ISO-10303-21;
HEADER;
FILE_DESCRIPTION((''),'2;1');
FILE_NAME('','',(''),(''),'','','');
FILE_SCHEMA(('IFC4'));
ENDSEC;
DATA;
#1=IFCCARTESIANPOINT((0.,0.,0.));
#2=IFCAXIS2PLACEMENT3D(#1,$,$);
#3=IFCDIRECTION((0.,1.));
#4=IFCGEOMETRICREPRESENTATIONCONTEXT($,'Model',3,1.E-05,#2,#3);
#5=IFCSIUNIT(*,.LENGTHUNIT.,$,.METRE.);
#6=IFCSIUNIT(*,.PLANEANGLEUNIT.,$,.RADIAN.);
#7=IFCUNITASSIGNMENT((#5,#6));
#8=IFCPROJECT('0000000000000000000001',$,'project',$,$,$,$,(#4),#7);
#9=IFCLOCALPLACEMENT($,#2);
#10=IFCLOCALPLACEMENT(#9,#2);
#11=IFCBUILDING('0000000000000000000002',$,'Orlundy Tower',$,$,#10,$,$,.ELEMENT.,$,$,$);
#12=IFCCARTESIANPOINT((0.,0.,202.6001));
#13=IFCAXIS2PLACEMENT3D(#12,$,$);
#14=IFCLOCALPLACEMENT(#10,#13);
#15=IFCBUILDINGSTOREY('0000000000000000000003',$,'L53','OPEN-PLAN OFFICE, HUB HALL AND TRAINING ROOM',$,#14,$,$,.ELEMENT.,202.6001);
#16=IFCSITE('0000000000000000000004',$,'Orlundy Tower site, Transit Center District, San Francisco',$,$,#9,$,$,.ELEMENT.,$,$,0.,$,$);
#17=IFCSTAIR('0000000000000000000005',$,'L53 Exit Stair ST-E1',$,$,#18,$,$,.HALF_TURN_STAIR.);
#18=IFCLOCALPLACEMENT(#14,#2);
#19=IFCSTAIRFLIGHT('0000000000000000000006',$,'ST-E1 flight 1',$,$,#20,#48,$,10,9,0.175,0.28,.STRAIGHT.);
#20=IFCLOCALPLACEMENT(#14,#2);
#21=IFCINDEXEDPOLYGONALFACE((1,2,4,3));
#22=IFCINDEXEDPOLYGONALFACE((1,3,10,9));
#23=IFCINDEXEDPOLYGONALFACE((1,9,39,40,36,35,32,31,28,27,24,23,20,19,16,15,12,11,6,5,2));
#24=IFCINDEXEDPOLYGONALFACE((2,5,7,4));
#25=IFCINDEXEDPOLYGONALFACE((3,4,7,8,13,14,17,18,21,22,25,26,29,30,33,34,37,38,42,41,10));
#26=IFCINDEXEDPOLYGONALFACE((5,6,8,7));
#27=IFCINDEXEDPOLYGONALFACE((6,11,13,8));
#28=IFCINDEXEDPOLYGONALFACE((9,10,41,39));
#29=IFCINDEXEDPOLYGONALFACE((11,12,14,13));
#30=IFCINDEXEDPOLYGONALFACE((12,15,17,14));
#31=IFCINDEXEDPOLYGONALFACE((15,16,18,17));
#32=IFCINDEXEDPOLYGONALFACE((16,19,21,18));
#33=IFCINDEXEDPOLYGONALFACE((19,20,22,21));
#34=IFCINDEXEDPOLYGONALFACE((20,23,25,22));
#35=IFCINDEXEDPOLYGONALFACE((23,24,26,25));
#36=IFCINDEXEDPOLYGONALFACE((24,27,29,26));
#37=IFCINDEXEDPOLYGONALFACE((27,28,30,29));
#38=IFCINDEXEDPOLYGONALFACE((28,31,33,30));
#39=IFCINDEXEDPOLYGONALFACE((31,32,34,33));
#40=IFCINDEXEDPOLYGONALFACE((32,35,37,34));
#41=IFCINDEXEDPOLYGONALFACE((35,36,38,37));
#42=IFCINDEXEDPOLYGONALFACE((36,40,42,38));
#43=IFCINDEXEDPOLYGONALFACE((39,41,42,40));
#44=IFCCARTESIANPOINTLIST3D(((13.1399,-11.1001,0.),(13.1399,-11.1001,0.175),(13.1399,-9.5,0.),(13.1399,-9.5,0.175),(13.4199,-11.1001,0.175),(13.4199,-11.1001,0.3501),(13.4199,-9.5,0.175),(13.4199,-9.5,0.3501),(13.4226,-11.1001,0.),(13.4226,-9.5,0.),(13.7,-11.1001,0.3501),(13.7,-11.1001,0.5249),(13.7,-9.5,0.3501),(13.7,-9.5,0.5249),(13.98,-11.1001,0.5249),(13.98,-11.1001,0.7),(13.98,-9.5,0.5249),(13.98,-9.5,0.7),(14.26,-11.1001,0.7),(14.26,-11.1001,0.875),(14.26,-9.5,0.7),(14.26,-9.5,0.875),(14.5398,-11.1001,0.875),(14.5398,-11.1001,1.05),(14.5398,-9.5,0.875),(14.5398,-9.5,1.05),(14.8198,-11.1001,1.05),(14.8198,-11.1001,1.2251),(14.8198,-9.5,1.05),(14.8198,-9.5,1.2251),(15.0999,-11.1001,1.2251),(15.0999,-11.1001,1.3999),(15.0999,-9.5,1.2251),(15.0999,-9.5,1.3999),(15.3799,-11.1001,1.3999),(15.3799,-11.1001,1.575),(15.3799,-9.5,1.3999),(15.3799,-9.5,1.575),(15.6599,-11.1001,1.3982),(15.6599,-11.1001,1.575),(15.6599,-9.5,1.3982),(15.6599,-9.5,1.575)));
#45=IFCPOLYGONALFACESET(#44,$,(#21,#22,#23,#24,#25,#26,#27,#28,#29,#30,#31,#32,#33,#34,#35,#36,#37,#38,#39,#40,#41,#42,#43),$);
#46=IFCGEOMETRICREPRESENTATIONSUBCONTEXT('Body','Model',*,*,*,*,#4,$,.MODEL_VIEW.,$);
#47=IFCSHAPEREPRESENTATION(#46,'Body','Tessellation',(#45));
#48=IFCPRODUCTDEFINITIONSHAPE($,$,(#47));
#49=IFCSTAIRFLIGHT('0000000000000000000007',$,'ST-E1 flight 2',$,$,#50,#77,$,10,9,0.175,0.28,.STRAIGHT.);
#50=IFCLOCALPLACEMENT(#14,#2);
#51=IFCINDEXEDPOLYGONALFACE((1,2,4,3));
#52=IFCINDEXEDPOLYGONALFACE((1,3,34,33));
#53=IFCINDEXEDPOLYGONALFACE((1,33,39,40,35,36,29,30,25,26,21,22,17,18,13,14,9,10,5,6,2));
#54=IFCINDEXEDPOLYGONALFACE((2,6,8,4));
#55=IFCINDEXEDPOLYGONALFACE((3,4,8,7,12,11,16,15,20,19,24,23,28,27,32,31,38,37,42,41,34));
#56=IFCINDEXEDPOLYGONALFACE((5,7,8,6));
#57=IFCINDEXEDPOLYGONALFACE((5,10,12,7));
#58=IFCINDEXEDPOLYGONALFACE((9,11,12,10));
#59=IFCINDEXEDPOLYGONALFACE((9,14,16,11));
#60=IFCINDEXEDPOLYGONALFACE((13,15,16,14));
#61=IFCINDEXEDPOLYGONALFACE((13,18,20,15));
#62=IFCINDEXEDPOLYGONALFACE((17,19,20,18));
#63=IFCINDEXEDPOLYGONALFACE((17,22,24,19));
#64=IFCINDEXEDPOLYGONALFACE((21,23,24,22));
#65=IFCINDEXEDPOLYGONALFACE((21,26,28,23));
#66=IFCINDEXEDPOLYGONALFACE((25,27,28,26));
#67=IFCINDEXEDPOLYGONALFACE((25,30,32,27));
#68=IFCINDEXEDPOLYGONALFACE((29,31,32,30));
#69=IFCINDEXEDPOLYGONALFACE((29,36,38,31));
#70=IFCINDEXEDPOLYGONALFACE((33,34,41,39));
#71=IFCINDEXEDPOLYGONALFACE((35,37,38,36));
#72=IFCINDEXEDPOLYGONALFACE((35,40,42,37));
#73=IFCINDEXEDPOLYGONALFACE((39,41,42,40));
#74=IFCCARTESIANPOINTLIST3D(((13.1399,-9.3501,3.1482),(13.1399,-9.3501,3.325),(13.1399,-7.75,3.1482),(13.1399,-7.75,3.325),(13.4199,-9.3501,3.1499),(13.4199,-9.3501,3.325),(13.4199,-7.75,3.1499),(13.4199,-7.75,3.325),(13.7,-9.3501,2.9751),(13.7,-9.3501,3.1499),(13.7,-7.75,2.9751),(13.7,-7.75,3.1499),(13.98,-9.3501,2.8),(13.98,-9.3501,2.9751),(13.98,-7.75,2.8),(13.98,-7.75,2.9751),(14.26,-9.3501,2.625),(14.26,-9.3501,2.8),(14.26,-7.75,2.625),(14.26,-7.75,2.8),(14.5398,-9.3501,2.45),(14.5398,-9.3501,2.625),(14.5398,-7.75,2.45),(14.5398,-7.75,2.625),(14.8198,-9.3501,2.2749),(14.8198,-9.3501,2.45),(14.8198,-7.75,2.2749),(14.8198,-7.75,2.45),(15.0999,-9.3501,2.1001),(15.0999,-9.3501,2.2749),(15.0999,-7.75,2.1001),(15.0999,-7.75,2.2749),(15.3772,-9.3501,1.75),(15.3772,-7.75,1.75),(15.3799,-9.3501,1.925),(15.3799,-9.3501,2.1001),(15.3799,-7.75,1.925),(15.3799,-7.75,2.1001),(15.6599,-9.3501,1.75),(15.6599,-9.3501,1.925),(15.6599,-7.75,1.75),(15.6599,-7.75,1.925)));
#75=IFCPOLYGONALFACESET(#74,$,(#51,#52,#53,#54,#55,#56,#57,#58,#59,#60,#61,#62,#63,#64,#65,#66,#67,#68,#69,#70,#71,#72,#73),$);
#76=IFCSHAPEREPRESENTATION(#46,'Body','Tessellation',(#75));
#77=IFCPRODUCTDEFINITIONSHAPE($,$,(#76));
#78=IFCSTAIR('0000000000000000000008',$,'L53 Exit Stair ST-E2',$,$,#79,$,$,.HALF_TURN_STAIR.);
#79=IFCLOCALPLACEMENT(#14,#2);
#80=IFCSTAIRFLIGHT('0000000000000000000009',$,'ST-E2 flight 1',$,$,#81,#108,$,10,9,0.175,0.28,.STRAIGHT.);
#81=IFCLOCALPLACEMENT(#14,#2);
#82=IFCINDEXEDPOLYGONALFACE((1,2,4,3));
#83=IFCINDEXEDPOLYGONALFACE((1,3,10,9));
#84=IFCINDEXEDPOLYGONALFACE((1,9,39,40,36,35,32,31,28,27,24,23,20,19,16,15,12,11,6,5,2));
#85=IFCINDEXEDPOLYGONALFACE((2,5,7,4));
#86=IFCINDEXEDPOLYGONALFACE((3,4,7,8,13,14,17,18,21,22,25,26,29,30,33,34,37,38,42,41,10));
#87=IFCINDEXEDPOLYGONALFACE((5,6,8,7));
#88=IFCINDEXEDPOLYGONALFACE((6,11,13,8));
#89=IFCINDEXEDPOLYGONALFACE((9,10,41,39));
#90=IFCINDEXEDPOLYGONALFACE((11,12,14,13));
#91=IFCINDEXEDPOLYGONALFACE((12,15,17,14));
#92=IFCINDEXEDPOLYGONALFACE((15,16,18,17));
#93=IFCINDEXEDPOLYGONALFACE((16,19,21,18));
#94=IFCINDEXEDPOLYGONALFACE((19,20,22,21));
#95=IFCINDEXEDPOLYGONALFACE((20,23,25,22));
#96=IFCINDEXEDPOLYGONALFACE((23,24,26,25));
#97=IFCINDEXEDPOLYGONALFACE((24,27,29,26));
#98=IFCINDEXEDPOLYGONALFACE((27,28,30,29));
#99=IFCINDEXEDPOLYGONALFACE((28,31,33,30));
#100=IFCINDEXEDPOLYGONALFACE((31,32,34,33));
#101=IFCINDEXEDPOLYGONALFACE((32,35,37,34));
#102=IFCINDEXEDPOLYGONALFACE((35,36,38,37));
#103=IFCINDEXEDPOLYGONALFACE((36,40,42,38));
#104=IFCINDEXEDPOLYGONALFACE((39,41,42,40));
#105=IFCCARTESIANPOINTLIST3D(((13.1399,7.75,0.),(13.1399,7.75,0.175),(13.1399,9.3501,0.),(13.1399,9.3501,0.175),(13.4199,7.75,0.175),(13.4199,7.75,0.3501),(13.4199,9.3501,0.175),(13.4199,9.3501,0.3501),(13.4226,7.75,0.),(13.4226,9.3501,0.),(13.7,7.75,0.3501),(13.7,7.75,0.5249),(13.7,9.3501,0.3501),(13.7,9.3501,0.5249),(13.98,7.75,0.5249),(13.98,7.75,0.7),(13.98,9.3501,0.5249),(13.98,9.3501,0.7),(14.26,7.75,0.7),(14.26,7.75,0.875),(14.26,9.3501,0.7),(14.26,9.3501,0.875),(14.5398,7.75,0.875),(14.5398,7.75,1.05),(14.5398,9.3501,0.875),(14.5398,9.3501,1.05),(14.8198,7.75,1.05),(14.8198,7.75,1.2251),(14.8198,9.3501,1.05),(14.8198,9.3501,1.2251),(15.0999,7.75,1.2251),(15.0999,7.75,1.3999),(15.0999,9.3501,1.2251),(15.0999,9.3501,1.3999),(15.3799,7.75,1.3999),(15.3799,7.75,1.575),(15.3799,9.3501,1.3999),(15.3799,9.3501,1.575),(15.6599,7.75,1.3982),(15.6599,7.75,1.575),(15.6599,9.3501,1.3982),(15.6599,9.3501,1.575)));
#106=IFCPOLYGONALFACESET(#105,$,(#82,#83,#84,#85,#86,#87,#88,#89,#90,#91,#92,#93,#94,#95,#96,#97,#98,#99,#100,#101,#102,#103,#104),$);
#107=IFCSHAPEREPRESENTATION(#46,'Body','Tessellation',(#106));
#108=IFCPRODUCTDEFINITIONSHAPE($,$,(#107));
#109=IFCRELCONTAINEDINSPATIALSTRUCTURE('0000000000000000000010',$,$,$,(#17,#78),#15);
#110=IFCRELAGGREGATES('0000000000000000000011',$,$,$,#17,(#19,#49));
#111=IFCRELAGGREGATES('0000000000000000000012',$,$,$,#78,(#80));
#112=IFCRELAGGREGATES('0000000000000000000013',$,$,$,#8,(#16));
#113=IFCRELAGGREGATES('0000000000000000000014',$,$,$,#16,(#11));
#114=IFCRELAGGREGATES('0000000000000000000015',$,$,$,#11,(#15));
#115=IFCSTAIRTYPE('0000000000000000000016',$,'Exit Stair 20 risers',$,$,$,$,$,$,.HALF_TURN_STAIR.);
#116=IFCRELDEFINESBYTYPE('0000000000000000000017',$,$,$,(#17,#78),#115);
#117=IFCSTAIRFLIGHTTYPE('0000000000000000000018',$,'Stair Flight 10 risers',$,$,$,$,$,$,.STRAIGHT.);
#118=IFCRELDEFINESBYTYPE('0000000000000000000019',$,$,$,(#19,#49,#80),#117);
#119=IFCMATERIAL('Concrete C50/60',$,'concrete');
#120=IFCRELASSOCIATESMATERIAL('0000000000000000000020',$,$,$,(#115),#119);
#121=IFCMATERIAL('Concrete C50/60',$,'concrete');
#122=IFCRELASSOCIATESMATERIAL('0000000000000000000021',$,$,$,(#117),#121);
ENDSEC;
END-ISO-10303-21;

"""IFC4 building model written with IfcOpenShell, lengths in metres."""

from ifc_helpers import new_model, si_unit, direction, frame, origin, place, context, subcontext, project, spatial, polyline, outline, extrude, material, type_object, element, aggregate, save


model = new_model("IFC4")

# Units and contexts
model_context = context("Model", 3, precision=1e-05, world=origin(), true_north=direction((0.0, 1.0)))
body_context = subcontext(model_context, "Body", "Model", "MODEL_VIEW")
ifc_project = project(units=[si_unit("LENGTHUNIT", "METRE"), si_unit("PLANEANGLEUNIT", "RADIAN")], contexts=[model_context])

# Site, building, storey
site_placement = place(None, origin())
site = spatial("IfcSite", under=ifc_project, at=site_placement, Name="Orlundy Tower site, Transit Center District, San Francisco", CompositionType="ELEMENT", RefElevation=0.0)
building_placement = place(site_placement, origin())
building = spatial("IfcBuilding", under=site, at=building_placement, Name="Orlundy Tower", CompositionType="ELEMENT")
storey_placement = place(building_placement, frame((0.0, 0.0, 202.6001)))
storey = spatial("IfcBuildingStorey", under=building, at=storey_placement, Name="L53", Description="OPEN-PLAN OFFICE, HUB HALL AND TRAINING ROOM", CompositionType="ELEMENT", Elevation=202.6001)

# Stair, stair flights
ifc_material_1 = material(Name="Concrete C50/60", Category="concrete")
stair_type = type_object("IfcStairType", Name="Exit Stair 20 risers", PredefinedType="HALF_TURN_STAIR", material=ifc_material_1)
stair_1_placement = place(storey_placement, origin())
stair_1 = element("IfcStair", 1, at=stair_1_placement, inside=storey, type_object=stair_type, Name="L53 Exit Stair ST-E1", PredefinedType="HALF_TURN_STAIR")
ifc_material_2 = material(Name="Concrete C50/60", Category="concrete")
stair_flight_type = type_object("IfcStairFlightType", Name="Stair Flight 10 risers", PredefinedType="STRAIGHT", material=ifc_material_2)
stair_flight_1_placement = place(storey_placement, frame((13.1399, -10.3, 0.0), z_axis=(0.0, 0.0, 1.0), x_axis=(1.0, 0.0, 0.0)))
stair_flight_1 = element("IfcStairFlight", 2, at=stair_flight_1_placement, type_object=stair_flight_type, Name="ST-E1 flight 1", NumberOfRisers=10, NumberOfTreads=9, PredefinedType="STRAIGHT", RiserHeight=0.175, TreadLength=0.28, context=body_context, shape_type="SweptSolid", body=[
    extrude(outline(polyline([(0.0, 0.0), (0.0, 0.175), (0.28, 0.175), (0.28, 0.3501), (0.5601, 0.3501), (0.5601, 0.5249), (0.8401, 0.5249), (0.8401, 0.7), (1.1201, 0.7), (1.1201, 0.875), (1.3999, 0.875), (1.3999, 1.05), (1.6799, 1.05), (1.6799, 1.2251), (1.96, 1.2251), (1.96, 1.3999), (2.24, 1.3999), (2.24, 1.575), (2.52, 1.575), (2.52, 1.75), (2.52, 1.3982), (0.2827, 0.0), (0.0, 0.0)])), frame((0.0, 0.8, 0.0), z_axis=(0.0, -1.0, 0.0), x_axis=(1.0, 0.0, 0.0)), (0.0, 0.0, 1.0), 1.6001),
])
stair_flight_2_placement = place(storey_placement, frame((15.6599, -8.55, 1.75), z_axis=(0.0, 0.0, 1.0), x_axis=(-1.0, 0.0, 0.0)))
stair_flight_2 = element("IfcStairFlight", 3, at=stair_flight_2_placement, type_object=stair_flight_type, Name="ST-E1 flight 2", NumberOfRisers=10, NumberOfTreads=9, PredefinedType="STRAIGHT", RiserHeight=0.175, TreadLength=0.28, context=body_context, shape_type="SweptSolid", body=[
    extrude(outline(polyline([(0.0, 0.0), (0.0, 0.175), (0.28, 0.175), (0.28, 0.3501), (0.5601, 0.3501), (0.5601, 0.5249), (0.8401, 0.5249), (0.8401, 0.7), (1.1201, 0.7), (1.1201, 0.875), (1.3999, 0.875), (1.3999, 1.05), (1.6799, 1.05), (1.6799, 1.2251), (1.96, 1.2251), (1.96, 1.3999), (2.24, 1.3999), (2.24, 1.575), (2.52, 1.575), (2.52, 1.75), (2.52, 1.3982), (0.2827, 0.0), (0.0, 0.0)])), frame((0.0, 0.8, 0.0), z_axis=(0.0, -1.0, 0.0), x_axis=(1.0, 0.0, 0.0)), (0.0, 0.0, 1.0), 1.6001),
])
aggregate(stair_1, [stair_flight_1, stair_flight_2])

# Stair, stair flight
stair_2_placement = place(storey_placement, origin())
stair_2 = element("IfcStair", 4, at=stair_2_placement, inside=storey, type_object=stair_type, Name="L53 Exit Stair ST-E2", PredefinedType="HALF_TURN_STAIR")
stair_flight_3_placement = place(storey_placement, frame((13.1399, 8.55, 0.0), z_axis=(0.0, 0.0, 1.0), x_axis=(1.0, 0.0, 0.0)))
stair_flight_3 = element("IfcStairFlight", 5, at=stair_flight_3_placement, type_object=stair_flight_type, Name="ST-E2 flight 1", NumberOfRisers=10, NumberOfTreads=9, PredefinedType="STRAIGHT", RiserHeight=0.175, TreadLength=0.28, context=body_context, shape_type="SweptSolid", body=[
    extrude(outline(polyline([(0.0, 0.0), (0.0, 0.175), (0.28, 0.175), (0.28, 0.3501), (0.5601, 0.3501), (0.5601, 0.5249), (0.8401, 0.5249), (0.8401, 0.7), (1.1201, 0.7), (1.1201, 0.875), (1.3999, 0.875), (1.3999, 1.05), (1.6799, 1.05), (1.6799, 1.2251), (1.96, 1.2251), (1.96, 1.3999), (2.24, 1.3999), (2.24, 1.575), (2.52, 1.575), (2.52, 1.75), (2.52, 1.3982), (0.2827, 0.0), (0.0, 0.0)])), frame((0.0, 0.8, 0.0), z_axis=(0.0, -1.0, 0.0), x_axis=(1.0, 0.0, 0.0)), (0.0, 0.0, 1.0), 1.6001),
])
aggregate(stair_2, [stair_flight_3])

save(model, "model.ifc")
